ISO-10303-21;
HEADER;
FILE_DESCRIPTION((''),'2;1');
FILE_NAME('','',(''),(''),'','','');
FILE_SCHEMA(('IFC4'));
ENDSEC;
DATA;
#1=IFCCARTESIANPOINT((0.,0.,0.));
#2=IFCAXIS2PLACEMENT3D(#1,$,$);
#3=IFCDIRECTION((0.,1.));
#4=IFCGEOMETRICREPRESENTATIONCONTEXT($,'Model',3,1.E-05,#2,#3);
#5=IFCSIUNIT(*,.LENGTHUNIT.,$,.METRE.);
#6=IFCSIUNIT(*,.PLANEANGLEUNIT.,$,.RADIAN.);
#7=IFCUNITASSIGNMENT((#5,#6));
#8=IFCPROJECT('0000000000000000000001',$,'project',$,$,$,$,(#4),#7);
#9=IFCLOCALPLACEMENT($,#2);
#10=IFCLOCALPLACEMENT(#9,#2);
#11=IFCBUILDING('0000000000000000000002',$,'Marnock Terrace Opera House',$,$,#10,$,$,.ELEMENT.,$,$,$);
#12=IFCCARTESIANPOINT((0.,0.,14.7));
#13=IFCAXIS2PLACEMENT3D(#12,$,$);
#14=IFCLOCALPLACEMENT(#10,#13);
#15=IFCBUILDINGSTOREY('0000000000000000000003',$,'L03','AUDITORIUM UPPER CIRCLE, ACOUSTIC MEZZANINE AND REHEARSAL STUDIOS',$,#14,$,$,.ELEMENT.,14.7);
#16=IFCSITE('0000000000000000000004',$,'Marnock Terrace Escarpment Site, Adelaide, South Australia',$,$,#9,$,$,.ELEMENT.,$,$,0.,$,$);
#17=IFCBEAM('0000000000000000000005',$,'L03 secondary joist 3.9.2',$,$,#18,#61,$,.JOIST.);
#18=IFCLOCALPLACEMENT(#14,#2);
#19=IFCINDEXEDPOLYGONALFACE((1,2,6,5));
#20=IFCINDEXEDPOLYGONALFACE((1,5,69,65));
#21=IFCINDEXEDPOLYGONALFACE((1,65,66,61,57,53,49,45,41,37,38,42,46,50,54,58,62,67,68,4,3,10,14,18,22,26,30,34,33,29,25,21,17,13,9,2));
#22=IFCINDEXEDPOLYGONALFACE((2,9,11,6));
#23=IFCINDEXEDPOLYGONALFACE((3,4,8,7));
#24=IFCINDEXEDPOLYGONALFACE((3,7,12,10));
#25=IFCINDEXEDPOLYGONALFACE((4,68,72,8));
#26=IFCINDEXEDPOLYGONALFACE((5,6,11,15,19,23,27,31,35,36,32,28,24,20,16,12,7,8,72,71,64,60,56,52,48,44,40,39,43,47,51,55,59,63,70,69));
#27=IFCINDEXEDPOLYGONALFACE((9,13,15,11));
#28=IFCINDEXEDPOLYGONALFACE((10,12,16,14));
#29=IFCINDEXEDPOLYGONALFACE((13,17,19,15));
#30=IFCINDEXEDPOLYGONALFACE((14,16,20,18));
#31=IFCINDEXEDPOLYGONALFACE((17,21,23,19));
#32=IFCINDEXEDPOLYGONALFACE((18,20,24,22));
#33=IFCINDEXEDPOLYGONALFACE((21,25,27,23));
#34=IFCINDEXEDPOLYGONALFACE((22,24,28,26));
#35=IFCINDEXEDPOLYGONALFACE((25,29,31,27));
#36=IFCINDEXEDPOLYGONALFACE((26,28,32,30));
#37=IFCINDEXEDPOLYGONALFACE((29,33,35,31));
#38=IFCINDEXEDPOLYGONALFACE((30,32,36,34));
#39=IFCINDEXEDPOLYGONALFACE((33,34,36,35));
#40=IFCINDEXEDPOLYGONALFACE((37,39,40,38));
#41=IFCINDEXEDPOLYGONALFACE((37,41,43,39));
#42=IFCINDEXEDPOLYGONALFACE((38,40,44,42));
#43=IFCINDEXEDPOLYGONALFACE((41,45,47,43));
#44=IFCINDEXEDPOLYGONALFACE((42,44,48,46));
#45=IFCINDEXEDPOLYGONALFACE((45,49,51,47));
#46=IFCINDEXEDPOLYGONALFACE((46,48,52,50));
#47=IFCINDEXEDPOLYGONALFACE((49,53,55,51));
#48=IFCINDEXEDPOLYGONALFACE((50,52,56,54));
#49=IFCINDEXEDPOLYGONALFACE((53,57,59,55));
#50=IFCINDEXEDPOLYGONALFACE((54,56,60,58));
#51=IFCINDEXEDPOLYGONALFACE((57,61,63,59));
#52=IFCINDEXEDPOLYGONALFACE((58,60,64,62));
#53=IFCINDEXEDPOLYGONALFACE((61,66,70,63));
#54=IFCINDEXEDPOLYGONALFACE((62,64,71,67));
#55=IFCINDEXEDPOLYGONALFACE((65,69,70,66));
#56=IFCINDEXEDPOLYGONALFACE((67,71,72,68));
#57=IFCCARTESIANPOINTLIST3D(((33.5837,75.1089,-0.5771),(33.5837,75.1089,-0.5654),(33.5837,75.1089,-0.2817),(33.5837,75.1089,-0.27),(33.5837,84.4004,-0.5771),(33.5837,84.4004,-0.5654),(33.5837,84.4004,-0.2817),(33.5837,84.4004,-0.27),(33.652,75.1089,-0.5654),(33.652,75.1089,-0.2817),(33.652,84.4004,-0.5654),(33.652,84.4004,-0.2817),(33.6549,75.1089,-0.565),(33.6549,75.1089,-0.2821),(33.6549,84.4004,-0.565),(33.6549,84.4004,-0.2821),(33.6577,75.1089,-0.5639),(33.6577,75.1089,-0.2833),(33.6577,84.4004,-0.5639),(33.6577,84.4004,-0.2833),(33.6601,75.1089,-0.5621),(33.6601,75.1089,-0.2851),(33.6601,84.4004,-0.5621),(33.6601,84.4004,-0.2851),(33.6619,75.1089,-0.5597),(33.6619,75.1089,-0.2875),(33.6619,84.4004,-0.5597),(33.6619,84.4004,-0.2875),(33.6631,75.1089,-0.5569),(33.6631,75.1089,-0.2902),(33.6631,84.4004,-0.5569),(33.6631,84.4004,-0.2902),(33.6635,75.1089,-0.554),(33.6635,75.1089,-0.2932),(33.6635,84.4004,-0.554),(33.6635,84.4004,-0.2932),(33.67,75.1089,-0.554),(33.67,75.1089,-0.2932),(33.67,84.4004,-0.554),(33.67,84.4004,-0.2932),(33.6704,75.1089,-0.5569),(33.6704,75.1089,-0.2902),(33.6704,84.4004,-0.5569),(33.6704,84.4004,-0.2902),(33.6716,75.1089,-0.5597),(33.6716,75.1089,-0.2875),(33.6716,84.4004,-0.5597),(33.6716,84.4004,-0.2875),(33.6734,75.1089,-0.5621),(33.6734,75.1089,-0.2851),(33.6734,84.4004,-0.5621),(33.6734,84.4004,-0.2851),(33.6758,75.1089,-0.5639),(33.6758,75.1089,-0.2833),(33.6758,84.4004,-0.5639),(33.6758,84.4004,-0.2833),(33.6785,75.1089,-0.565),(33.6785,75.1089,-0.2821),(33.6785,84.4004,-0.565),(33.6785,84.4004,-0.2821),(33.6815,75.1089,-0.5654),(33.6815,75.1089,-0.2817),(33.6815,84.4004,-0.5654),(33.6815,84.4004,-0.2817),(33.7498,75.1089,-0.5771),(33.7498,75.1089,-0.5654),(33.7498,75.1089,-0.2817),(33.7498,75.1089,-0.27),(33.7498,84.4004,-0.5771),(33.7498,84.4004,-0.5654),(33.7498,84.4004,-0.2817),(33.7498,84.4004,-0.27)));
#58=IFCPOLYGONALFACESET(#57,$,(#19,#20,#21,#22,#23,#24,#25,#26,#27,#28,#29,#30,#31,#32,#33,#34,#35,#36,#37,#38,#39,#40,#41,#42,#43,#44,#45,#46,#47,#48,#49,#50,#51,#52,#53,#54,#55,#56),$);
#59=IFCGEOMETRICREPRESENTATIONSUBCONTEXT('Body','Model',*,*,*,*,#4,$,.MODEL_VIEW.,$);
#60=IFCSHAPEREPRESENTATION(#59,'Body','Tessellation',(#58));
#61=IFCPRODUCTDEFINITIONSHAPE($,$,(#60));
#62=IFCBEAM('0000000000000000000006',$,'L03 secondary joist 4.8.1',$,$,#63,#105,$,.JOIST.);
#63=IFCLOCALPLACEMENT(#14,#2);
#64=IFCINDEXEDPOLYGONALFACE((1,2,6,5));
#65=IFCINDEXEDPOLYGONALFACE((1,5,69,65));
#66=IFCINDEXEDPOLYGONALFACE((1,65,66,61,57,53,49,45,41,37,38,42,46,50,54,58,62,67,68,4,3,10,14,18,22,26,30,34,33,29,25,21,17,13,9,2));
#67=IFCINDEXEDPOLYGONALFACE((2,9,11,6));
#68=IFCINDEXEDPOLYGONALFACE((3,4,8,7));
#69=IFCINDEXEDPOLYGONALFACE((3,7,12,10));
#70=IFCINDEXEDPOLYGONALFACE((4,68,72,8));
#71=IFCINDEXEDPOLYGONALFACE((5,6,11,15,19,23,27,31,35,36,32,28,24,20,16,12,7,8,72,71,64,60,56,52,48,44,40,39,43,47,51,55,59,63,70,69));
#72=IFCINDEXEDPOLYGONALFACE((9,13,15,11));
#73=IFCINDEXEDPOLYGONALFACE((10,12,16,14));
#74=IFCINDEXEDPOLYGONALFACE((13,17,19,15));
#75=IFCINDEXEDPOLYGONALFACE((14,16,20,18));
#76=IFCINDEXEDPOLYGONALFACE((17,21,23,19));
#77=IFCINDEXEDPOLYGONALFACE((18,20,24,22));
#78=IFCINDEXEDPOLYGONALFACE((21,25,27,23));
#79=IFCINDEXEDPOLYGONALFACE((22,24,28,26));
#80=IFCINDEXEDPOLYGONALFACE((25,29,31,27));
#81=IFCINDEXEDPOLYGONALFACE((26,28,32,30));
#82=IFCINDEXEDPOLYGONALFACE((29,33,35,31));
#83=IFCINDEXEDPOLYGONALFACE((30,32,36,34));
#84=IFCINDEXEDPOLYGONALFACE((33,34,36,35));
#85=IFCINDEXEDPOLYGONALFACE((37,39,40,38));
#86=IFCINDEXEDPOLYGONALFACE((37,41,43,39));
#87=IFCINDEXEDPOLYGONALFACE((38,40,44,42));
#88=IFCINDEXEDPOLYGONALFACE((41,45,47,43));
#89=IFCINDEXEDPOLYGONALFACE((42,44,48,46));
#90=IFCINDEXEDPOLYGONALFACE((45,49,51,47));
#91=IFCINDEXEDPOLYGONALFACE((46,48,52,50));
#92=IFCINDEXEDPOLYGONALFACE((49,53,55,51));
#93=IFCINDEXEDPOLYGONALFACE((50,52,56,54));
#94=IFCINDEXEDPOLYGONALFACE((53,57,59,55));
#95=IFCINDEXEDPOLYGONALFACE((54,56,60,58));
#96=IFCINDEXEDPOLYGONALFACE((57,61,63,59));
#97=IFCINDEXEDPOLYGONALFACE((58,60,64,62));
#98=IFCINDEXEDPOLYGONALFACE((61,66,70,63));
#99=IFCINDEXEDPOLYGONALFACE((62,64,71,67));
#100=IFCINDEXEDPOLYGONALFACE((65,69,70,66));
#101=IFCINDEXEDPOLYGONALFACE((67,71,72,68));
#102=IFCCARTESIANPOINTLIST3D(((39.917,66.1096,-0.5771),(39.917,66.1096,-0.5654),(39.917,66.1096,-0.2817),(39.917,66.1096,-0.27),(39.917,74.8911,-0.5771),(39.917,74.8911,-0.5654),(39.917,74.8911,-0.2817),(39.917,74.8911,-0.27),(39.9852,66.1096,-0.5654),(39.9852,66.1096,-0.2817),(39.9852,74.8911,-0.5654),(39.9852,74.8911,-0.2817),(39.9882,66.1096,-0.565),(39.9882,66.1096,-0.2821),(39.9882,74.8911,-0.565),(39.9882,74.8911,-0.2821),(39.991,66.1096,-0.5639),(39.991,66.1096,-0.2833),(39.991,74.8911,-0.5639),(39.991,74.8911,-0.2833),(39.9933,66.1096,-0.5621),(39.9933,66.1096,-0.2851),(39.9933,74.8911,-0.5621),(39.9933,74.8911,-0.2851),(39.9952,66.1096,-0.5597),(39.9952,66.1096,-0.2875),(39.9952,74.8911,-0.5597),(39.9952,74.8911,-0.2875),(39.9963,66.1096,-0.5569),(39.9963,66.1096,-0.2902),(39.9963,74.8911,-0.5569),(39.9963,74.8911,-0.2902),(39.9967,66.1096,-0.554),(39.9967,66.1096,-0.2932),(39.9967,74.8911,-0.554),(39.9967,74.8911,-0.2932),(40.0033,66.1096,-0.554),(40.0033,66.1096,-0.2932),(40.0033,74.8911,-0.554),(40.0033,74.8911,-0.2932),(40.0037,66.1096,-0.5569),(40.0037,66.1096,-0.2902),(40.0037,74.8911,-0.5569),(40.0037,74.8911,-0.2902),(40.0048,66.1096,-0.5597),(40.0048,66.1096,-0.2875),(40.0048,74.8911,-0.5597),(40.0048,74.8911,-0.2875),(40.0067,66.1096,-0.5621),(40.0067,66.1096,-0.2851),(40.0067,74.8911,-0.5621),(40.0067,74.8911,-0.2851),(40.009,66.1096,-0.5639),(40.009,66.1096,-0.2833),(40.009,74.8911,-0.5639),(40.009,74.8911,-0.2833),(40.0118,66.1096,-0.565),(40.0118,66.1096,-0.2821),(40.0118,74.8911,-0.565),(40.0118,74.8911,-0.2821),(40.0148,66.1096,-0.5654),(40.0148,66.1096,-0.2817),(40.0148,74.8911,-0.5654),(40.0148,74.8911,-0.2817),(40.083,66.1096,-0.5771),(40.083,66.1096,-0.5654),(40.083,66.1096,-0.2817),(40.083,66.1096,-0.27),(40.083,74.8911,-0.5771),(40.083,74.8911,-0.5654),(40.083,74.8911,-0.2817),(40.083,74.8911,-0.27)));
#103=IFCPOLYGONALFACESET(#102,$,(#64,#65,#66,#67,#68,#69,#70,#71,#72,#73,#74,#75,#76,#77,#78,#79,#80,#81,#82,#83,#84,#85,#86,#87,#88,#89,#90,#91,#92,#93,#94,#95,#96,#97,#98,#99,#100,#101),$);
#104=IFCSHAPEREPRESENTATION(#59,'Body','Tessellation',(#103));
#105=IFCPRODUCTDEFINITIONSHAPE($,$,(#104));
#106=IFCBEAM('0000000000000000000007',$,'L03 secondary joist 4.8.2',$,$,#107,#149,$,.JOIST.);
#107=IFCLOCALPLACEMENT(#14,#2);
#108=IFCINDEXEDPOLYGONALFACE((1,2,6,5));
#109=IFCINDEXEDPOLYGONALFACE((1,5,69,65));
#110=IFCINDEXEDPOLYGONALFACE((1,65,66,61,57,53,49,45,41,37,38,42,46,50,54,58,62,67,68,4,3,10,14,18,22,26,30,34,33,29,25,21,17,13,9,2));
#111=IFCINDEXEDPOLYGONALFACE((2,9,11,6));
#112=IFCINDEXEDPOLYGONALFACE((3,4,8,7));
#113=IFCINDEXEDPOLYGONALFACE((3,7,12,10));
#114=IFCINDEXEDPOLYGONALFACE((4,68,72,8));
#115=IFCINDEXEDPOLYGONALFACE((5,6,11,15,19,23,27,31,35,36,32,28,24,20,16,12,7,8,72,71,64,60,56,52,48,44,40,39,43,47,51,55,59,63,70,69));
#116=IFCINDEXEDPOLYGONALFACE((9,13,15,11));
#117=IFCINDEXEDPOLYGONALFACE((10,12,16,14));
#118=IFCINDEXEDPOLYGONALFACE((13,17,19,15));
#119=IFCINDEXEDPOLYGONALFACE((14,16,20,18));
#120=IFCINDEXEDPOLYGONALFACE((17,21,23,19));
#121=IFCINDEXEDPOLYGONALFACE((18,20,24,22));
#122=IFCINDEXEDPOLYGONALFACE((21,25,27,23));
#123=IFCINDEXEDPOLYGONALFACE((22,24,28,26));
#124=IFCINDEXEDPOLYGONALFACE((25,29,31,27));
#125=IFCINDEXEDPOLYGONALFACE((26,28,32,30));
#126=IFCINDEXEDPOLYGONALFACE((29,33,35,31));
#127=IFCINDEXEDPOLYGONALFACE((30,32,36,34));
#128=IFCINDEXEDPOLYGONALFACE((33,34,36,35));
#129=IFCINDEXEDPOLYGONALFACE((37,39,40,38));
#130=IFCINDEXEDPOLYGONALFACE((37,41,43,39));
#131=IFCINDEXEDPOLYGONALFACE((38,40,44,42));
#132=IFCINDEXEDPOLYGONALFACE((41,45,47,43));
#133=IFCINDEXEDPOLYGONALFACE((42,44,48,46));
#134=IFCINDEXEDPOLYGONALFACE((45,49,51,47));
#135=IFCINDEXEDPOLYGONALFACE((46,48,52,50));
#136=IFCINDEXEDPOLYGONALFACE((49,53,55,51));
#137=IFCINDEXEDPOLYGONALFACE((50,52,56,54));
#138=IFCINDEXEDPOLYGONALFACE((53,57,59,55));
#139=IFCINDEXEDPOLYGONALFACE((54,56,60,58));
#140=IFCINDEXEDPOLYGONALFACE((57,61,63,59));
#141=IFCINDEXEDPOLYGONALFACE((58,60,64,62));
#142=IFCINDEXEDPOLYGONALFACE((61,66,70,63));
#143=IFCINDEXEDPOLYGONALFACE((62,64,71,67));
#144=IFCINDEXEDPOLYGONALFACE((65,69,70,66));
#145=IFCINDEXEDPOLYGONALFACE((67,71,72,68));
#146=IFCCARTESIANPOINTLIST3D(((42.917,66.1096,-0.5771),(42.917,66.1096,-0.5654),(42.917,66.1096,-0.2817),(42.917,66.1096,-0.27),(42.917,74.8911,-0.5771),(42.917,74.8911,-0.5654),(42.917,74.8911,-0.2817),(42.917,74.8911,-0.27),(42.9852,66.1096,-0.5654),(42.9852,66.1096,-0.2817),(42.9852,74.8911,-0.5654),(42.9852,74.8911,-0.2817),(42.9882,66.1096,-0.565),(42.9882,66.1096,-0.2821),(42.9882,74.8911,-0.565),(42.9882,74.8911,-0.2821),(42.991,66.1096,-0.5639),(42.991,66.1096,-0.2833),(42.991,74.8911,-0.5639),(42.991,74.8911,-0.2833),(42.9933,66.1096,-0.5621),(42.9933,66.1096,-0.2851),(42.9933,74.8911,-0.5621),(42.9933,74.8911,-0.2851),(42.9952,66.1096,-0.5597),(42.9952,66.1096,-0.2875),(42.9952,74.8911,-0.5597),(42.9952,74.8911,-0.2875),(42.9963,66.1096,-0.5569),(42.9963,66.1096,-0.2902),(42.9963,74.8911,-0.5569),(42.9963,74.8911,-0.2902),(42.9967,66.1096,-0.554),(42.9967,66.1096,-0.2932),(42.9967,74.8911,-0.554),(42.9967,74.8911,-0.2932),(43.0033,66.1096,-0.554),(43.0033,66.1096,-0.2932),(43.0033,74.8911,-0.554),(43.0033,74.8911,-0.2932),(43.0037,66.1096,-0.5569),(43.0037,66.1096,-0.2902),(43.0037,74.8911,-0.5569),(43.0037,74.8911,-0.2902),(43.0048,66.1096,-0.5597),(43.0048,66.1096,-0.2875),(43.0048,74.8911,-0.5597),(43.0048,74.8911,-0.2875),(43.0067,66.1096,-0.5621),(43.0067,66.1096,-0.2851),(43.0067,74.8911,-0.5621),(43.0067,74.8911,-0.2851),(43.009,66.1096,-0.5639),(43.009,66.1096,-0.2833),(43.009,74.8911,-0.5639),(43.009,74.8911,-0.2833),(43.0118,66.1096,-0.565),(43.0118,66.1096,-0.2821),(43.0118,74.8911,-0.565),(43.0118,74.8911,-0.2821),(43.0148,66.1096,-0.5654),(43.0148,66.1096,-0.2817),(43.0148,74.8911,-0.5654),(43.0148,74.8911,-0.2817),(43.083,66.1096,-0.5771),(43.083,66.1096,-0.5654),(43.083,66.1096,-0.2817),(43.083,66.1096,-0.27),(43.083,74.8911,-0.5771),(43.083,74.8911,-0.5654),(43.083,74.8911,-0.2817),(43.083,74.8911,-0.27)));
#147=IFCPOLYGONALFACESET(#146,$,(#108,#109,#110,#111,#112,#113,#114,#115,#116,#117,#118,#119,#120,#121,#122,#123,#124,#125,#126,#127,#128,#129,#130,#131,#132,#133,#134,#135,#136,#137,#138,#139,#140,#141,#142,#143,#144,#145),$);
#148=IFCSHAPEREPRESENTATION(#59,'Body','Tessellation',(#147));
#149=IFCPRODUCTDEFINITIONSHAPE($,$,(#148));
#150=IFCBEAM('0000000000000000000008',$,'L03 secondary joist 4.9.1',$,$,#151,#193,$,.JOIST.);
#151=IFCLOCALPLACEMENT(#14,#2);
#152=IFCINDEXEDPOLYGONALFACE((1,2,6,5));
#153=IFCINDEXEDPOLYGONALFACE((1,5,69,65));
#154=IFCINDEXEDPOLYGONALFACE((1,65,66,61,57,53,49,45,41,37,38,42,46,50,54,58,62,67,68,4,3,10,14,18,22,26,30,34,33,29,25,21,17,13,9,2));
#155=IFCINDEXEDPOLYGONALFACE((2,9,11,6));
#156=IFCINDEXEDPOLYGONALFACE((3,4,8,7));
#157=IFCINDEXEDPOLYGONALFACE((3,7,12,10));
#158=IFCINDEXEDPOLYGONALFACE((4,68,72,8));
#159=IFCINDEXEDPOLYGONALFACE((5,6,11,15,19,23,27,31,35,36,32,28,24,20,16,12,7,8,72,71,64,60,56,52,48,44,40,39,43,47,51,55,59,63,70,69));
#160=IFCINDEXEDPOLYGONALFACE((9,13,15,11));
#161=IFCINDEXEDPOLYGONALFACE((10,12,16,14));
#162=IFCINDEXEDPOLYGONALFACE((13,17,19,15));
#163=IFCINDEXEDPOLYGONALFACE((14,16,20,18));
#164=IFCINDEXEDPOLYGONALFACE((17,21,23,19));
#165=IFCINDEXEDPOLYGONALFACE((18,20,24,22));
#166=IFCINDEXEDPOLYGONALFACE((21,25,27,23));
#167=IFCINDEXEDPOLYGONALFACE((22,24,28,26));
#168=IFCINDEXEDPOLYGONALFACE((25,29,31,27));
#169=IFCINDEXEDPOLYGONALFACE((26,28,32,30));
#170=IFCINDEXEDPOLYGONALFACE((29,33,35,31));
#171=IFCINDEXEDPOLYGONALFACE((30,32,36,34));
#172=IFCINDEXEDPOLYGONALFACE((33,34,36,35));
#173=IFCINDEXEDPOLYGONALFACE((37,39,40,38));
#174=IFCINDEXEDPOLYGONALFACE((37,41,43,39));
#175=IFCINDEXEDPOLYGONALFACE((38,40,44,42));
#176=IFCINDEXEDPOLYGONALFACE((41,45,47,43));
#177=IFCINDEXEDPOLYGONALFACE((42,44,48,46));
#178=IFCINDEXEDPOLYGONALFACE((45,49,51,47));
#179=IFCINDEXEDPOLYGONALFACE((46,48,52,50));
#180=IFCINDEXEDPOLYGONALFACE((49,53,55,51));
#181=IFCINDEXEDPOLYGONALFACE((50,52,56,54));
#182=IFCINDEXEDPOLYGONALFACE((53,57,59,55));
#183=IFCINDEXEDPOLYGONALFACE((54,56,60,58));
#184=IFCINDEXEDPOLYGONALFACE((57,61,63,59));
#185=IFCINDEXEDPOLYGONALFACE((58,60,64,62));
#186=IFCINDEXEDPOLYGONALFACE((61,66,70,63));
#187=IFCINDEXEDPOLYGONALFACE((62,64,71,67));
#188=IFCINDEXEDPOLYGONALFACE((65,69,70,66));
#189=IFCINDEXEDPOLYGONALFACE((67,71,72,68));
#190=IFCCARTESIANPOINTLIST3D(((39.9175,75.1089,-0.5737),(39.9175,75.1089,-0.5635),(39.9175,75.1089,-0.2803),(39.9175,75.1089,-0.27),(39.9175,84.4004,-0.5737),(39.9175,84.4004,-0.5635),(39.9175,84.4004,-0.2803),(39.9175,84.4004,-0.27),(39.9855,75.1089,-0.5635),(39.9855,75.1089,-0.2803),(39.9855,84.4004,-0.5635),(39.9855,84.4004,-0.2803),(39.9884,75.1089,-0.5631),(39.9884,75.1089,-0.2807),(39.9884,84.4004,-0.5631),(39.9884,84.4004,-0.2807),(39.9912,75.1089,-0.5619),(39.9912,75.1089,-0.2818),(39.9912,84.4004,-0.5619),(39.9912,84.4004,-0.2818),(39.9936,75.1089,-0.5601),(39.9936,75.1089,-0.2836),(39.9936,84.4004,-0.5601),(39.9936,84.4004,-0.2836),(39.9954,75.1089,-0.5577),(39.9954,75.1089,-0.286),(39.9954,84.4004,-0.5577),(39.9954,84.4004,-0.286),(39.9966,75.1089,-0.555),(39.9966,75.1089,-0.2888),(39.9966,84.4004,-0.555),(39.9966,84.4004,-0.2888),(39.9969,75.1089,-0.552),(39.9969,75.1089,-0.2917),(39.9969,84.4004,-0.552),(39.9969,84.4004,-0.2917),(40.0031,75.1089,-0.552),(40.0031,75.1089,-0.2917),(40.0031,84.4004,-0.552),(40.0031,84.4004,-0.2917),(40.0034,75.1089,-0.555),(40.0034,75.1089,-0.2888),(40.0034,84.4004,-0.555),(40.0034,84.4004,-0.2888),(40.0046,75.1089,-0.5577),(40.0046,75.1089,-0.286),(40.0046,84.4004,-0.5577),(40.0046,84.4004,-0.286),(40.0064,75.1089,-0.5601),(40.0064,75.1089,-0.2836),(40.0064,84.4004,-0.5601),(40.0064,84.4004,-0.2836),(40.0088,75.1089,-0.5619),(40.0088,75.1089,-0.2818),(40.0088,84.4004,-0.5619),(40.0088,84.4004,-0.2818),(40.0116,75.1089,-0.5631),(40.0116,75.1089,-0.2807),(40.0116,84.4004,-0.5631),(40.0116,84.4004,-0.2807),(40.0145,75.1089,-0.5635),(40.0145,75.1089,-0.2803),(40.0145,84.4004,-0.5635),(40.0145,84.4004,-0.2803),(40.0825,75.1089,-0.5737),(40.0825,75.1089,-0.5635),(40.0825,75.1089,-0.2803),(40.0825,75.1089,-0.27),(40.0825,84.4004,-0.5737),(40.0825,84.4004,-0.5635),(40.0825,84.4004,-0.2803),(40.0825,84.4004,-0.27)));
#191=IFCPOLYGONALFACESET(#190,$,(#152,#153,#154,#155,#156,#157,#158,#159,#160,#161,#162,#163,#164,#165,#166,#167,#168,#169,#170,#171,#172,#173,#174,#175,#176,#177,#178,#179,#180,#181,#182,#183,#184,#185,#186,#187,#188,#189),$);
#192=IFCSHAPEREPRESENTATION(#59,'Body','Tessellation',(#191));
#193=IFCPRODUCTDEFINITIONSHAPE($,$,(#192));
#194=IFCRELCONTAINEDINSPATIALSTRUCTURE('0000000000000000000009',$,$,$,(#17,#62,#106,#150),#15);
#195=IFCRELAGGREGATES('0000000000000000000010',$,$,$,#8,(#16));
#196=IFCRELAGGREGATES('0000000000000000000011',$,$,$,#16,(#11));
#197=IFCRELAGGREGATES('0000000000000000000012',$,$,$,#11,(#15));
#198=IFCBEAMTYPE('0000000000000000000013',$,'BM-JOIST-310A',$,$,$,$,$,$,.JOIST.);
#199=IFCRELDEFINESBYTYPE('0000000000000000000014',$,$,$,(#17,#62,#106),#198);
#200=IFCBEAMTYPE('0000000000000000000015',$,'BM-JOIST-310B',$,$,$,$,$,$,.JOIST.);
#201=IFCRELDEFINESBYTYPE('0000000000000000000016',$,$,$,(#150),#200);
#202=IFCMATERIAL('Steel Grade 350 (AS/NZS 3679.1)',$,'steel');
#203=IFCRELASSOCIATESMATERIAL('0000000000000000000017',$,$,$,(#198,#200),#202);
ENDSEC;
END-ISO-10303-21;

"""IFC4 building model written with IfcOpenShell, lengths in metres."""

from ifc_helpers import new_model, si_unit, direction, frame, origin, origin_2d, place, context, subcontext, project, spatial, i_section, extrude, material, material_profile, profile_set, type_object, element, save


model = new_model("IFC4")

# Units and contexts
model_context = context("Model", 3, precision=1e-05, world=origin(), true_north=direction((0.0, 1.0)))
body_context = subcontext(model_context, "Body", "Model", "MODEL_VIEW")
ifc_project = project(units=[si_unit("LENGTHUNIT", "METRE"), si_unit("PLANEANGLEUNIT", "RADIAN")], contexts=[model_context])

# Site, building, storey
site_placement = place(None, origin())
site = spatial("IfcSite", under=ifc_project, at=site_placement, Name="Marnock Terrace Escarpment Site, Adelaide, South Australia", CompositionType="ELEMENT", RefElevation=0.0)
building_placement = place(site_placement, origin())
building = spatial("IfcBuilding", under=site, at=building_placement, Name="Marnock Terrace Opera House", CompositionType="ELEMENT")
storey_placement = place(building_placement, frame((0.0, 0.0, 14.7)))
storey = spatial("IfcBuildingStorey", under=building, at=storey_placement, Name="L03", Description="AUDITORIUM UPPER CIRCLE, ACOUSTIC MEZZANINE AND REHEARSAL STUDIOS", CompositionType="ELEMENT", Elevation=14.7)

# Beams
ifc_material_1 = material(Name="Steel Grade 350 (AS/NZS 3679.1)", Category="steel")
ifc_material_profile_1 = material_profile(ifc_material_1, i_section(OverallWidth=0.166, OverallDepth=0.3071, WebThickness=0.0066, FlangeThickness=0.0117, FilletRadius=0.0115, at=origin_2d()))
ifc_profile_set_1 = profile_set([ifc_material_profile_1], Name="Steel Grade 350 (AS/NZS 3679.1)")
beam_type_1 = type_object("IfcBeamType", Name="BM-JOIST-310A", PredefinedType="JOIST", material=ifc_profile_set_1)
for number, where, z_axis, x_axis, name in (
    (1, (33.6667, 75.1089, -0.4236), (0.0, 1.0, 0.0), (-1.0, 0.0, 0.0), "L03 secondary joist 3.9.2"),
):
    element("IfcBeam", number, at=place(storey_placement, frame(where, z_axis=z_axis, x_axis=x_axis)), inside=storey, type_object=beam_type_1, Name=name, PredefinedType="JOIST", context=body_context, shape_type="SweptSolid", body=[
        extrude(i_section(OverallWidth=0.166, OverallDepth=0.3071, WebThickness=0.0066, FlangeThickness=0.0117, FilletRadius=0.0115, at=origin_2d()), origin(), (0.0, 0.0, 1.0), 9.2915),
    ])
for number, where, z_axis, x_axis, name in (
    (2, (40.0, 66.1096, -0.4236), (0.0, 1.0, 0.0), (-1.0, 0.0, 0.0), "L03 secondary joist 4.8.1"),
    (3, (43.0, 66.1096, -0.4236), (0.0, 1.0, 0.0), (-1.0, 0.0, 0.0), "L03 secondary joist 4.8.2"),
):
    element("IfcBeam", number, at=place(storey_placement, frame(where, z_axis=z_axis, x_axis=x_axis)), inside=storey, type_object=beam_type_1, Name=name, PredefinedType="JOIST", context=body_context, shape_type="SweptSolid", body=[
        extrude(i_section(OverallWidth=0.166, OverallDepth=0.3071, WebThickness=0.0066, FlangeThickness=0.0117, FilletRadius=0.0115, at=origin_2d()), origin(), (0.0, 0.0, 1.0), 8.7815),
    ])
ifc_material_profile_2 = material_profile(ifc_material_1, i_section(OverallWidth=0.165, OverallDepth=0.3037, WebThickness=0.0061, FlangeThickness=0.0103, FilletRadius=0.0115, at=origin_2d()))
ifc_profile_set_2 = profile_set([ifc_material_profile_2], Name="Steel Grade 350 (AS/NZS 3679.1)")
beam_type_2 = type_object("IfcBeamType", Name="BM-JOIST-310B", PredefinedType="JOIST", material=ifc_profile_set_2)
for number, where, z_axis, x_axis, name in (
    (4, (40.0, 75.1089, -0.4219), (0.0, 1.0, 0.0), (-1.0, 0.0, 0.0), "L03 secondary joist 4.9.1"),
):
    element("IfcBeam", number, at=place(storey_placement, frame(where, z_axis=z_axis, x_axis=x_axis)), inside=storey, type_object=beam_type_2, Name=name, PredefinedType="JOIST", context=body_context, shape_type="SweptSolid", body=[
        extrude(i_section(OverallWidth=0.165, OverallDepth=0.3037, WebThickness=0.0061, FlangeThickness=0.0103, FilletRadius=0.0115, at=origin_2d()), origin(), (0.0, 0.0, 1.0), 9.2915),
    ])

save(model, "model.ifc")
